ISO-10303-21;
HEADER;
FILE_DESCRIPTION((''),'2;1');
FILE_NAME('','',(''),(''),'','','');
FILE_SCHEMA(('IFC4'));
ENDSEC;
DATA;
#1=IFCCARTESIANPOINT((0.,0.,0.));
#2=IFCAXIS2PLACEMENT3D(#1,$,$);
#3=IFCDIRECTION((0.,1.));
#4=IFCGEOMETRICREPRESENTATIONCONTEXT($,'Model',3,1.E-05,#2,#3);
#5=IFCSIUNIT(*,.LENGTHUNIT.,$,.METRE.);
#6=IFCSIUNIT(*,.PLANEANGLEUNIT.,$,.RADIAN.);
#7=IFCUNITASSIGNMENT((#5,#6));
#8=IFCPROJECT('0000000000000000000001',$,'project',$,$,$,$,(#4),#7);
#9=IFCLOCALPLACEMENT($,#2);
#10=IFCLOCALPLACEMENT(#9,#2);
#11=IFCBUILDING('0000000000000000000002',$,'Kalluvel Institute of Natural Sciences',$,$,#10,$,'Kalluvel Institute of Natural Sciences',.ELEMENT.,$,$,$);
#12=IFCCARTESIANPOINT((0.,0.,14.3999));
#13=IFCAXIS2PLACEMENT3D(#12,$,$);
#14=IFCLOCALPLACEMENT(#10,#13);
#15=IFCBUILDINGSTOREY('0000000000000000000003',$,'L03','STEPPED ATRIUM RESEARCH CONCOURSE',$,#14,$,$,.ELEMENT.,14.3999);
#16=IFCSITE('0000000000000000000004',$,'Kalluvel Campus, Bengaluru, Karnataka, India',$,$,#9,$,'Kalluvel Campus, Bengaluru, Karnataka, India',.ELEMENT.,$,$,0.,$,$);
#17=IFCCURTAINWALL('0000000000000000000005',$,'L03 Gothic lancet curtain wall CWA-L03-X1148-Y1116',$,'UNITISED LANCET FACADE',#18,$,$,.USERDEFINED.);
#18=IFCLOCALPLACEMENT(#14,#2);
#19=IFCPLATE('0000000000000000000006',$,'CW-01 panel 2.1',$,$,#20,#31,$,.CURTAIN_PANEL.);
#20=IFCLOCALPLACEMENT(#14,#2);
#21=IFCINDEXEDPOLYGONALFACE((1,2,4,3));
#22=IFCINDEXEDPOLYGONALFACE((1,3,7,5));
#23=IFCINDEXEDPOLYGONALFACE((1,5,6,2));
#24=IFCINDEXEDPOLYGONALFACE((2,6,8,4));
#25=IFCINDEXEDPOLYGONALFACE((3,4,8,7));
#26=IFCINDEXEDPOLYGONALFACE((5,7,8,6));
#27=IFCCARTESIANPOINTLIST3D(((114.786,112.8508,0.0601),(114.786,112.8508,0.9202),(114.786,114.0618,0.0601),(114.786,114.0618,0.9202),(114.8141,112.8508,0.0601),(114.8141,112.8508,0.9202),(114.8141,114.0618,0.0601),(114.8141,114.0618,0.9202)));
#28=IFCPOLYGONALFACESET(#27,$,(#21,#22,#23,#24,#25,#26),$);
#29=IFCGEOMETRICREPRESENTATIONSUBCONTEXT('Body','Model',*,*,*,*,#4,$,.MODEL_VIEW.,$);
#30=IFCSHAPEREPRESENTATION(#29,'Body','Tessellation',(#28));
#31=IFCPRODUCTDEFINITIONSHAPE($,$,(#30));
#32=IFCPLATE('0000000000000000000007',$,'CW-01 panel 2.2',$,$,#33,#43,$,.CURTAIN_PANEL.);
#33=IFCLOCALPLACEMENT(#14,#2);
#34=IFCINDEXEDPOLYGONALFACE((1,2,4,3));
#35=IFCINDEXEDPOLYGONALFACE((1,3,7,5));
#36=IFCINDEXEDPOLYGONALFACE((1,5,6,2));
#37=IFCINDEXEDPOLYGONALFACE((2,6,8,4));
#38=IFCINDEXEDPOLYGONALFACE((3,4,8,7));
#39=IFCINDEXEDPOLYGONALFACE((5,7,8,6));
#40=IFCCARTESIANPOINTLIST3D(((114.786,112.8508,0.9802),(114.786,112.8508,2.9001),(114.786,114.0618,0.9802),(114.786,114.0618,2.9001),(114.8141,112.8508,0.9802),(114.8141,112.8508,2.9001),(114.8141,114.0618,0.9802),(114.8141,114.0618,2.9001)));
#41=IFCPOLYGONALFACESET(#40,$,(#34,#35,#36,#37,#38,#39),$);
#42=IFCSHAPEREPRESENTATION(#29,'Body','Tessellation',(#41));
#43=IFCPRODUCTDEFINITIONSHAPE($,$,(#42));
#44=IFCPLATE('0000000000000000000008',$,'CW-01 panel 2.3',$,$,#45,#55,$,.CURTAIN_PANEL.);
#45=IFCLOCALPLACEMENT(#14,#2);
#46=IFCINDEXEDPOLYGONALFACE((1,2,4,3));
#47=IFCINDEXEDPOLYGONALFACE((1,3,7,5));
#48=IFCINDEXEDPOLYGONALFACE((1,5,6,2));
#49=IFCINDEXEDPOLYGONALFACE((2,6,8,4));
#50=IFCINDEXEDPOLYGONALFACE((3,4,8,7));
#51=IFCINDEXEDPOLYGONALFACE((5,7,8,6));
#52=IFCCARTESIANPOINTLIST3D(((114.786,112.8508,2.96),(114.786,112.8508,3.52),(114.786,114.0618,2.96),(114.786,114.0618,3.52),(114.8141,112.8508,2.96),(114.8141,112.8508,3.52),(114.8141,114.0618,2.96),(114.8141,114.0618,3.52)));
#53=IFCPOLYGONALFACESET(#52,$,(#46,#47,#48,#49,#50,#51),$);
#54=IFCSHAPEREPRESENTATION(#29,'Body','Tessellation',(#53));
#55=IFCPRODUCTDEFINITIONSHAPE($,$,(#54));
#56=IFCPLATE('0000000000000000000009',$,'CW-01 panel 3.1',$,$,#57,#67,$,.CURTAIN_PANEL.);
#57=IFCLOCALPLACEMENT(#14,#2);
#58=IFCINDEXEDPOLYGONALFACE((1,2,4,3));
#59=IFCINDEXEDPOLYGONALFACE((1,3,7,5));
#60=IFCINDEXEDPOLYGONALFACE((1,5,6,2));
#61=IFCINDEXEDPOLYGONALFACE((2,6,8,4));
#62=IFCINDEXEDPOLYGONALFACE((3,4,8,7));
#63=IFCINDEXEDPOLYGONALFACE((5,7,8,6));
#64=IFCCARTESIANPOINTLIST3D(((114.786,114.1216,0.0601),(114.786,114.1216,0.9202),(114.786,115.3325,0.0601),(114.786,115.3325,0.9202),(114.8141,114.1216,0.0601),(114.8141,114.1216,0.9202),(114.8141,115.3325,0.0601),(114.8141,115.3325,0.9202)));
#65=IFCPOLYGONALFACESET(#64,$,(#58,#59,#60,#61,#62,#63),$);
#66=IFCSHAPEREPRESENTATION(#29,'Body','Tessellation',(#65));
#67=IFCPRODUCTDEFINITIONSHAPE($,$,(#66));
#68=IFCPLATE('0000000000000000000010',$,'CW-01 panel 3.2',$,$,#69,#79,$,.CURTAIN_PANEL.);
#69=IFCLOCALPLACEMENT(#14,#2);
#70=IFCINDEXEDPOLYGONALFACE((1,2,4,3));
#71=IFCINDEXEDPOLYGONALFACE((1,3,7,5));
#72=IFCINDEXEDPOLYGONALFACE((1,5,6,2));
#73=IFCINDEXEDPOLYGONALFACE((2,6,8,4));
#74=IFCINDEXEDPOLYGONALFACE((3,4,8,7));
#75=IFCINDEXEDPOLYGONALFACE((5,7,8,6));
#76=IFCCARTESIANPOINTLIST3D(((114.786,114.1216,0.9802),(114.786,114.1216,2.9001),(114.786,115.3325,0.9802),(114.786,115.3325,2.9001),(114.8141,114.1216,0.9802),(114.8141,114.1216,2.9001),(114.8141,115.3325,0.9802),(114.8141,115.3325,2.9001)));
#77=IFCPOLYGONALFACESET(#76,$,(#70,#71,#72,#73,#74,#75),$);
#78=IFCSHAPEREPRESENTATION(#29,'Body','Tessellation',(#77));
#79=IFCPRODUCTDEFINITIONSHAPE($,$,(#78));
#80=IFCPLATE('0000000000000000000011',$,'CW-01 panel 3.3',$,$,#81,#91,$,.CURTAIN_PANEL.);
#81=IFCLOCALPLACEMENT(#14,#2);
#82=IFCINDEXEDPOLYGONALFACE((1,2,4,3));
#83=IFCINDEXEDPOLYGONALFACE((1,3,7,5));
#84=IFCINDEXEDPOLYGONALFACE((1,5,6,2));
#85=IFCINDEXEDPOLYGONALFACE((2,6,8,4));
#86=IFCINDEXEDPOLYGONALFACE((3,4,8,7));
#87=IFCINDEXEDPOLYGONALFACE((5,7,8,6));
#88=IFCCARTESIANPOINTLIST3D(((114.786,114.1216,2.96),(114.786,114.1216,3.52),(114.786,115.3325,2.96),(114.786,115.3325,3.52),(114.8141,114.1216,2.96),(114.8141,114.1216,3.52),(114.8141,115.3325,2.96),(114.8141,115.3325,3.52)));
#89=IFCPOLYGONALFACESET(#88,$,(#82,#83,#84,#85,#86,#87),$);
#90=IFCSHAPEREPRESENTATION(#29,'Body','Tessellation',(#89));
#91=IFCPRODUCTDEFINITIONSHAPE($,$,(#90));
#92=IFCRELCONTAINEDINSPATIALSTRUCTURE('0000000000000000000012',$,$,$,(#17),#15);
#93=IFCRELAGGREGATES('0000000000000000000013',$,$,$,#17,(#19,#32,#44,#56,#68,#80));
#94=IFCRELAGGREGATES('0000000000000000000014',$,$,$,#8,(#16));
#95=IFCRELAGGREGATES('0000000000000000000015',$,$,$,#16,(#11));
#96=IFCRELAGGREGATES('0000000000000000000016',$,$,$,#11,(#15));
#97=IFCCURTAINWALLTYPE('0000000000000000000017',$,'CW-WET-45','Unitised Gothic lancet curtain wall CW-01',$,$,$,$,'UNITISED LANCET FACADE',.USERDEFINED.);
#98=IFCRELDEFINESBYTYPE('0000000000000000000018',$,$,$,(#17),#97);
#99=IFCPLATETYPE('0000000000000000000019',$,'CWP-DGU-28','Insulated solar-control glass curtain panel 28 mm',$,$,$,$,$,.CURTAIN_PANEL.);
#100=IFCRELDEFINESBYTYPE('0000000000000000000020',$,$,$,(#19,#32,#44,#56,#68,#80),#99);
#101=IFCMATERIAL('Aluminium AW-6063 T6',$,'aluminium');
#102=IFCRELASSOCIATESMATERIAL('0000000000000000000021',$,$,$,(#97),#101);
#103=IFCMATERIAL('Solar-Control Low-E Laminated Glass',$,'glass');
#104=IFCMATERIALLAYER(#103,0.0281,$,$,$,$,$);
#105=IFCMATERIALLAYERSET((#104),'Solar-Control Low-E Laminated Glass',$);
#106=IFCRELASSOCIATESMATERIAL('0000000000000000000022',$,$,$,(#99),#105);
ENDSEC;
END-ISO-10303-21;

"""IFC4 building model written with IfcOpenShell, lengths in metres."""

from ifc_helpers import new_model, si_unit, direction, frame, origin, origin_2d, place, context, subcontext, project, spatial, rectangle, extrude, material, layer, layer_set, type_object, element, aggregate, save


model = new_model("IFC4")

# Units and contexts
model_context = context("Model", 3, precision=1e-05, world=origin(), true_north=direction((0.0, 1.0)))
body_context = subcontext(model_context, "Body", "Model", "MODEL_VIEW")
ifc_project = project(units=[si_unit("LENGTHUNIT", "METRE"), si_unit("PLANEANGLEUNIT", "RADIAN")], contexts=[model_context])

# Site, building, storey
site_placement = place(None, origin())
site = spatial("IfcSite", under=ifc_project, at=site_placement, Name="Kalluvel Campus, Bengaluru, Karnataka, India", LongName="Kalluvel Campus, Bengaluru, Karnataka, India", CompositionType="ELEMENT", RefElevation=0.0)
building_placement = place(site_placement, origin())
building = spatial("IfcBuilding", under=site, at=building_placement, Name="Kalluvel Institute of Natural Sciences", LongName="Kalluvel Institute of Natural Sciences", CompositionType="ELEMENT")
storey_placement = place(building_placement, frame((0.0, 0.0, 14.3999)))
storey = spatial("IfcBuildingStorey", under=building, at=storey_placement, Name="L03", Description="STEPPED ATRIUM RESEARCH CONCOURSE", CompositionType="ELEMENT", Elevation=14.3999)

# Curtain wall
ifc_material_1 = material(Name="Aluminium AW-6063 T6", Category="aluminium")
curtain_wall_type = type_object("IfcCurtainWallType", Name="CW-WET-45", Description="Unitised Gothic lancet curtain wall CW-01", ElementType="UNITISED LANCET FACADE", PredefinedType="USERDEFINED", material=ifc_material_1)
curtain_wall_placement = place(storey_placement, origin())
curtain_wall = element("IfcCurtainWall", 1, at=curtain_wall_placement, inside=storey, type_object=curtain_wall_type, Name="L03 Gothic lancet curtain wall CWA-L03-X1148-Y1116", ObjectType="UNITISED LANCET FACADE", PredefinedType="USERDEFINED")

# Plates
ifc_material_2 = material(Name="Solar-Control Low-E Laminated Glass", Category="glass")
ifc_layer = layer(ifc_material_2, 0.0281)
ifc_layer_set = layer_set([ifc_layer], Name="Solar-Control Low-E Laminated Glass")
plate_type = type_object("IfcPlateType", Name="CWP-DGU-28", Description="Insulated solar-control glass curtain panel 28 mm", PredefinedType="CURTAIN_PANEL", material=ifc_layer_set)
plate_1_placement = place(storey_placement, frame((114.8, 113.4563, 0.0601), z_axis=(0.0, 0.0, 1.0), x_axis=(0.0, 1.0, 0.0)))
plate_1 = element("IfcPlate", 2, at=plate_1_placement, type_object=plate_type, Name="CW-01 panel 2.1", PredefinedType="CURTAIN_PANEL", context=body_context, shape_type="SweptSolid", body=[
    extrude(rectangle(XDim=1.2109, YDim=0.0281, at=origin_2d()), origin(), (0.0, 0.0, 1.0), 0.8601),
])
plate_2_placement = place(storey_placement, frame((114.8, 113.4563, 0.9802), z_axis=(0.0, 0.0, 1.0), x_axis=(0.0, 1.0, 0.0)))
plate_2 = element("IfcPlate", 3, at=plate_2_placement, type_object=plate_type, Name="CW-01 panel 2.2", PredefinedType="CURTAIN_PANEL", context=body_context, shape_type="SweptSolid", body=[
    extrude(rectangle(XDim=1.2109, YDim=0.0281, at=origin_2d()), origin(), (0.0, 0.0, 1.0), 1.9199),
])
plate_3_placement = place(storey_placement, frame((114.8, 113.4563, 2.96), z_axis=(0.0, 0.0, 1.0), x_axis=(0.0, 1.0, 0.0)))
plate_3 = element("IfcPlate", 4, at=plate_3_placement, type_object=plate_type, Name="CW-01 panel 2.3", PredefinedType="CURTAIN_PANEL", context=body_context, shape_type="SweptSolid", body=[
    extrude(rectangle(XDim=1.2109, YDim=0.0281, at=origin_2d()), origin(), (0.0, 0.0, 1.0), 0.5601),
])
plate_4_placement = place(storey_placement, frame((114.8, 114.7271, 0.0601), z_axis=(0.0, 0.0, 1.0), x_axis=(0.0, 1.0, 0.0)))
plate_4 = element("IfcPlate", 5, at=plate_4_placement, type_object=plate_type, Name="CW-01 panel 3.1", PredefinedType="CURTAIN_PANEL", context=body_context, shape_type="SweptSolid", body=[
    extrude(rectangle(XDim=1.2109, YDim=0.0281, at=origin_2d()), origin(), (0.0, 0.0, 1.0), 0.8601),
])
plate_5_placement = place(storey_placement, frame((114.8, 114.7271, 0.9802), z_axis=(0.0, 0.0, 1.0), x_axis=(0.0, 1.0, 0.0)))
plate_5 = element("IfcPlate", 6, at=plate_5_placement, type_object=plate_type, Name="CW-01 panel 3.2", PredefinedType="CURTAIN_PANEL", context=body_context, shape_type="SweptSolid", body=[
    extrude(rectangle(XDim=1.2109, YDim=0.0281, at=origin_2d()), origin(), (0.0, 0.0, 1.0), 1.9199),
])
plate_6_placement = place(storey_placement, frame((114.8, 114.7271, 2.96), z_axis=(0.0, 0.0, 1.0), x_axis=(0.0, 1.0, 0.0)))
plate_6 = element("IfcPlate", 7, at=plate_6_placement, type_object=plate_type, Name="CW-01 panel 3.3", PredefinedType="CURTAIN_PANEL", context=body_context, shape_type="SweptSolid", body=[
    extrude(rectangle(XDim=1.2109, YDim=0.0281, at=origin_2d()), origin(), (0.0, 0.0, 1.0), 0.5601),
])
aggregate(curtain_wall, [plate_1, plate_2, plate_3, plate_4, plate_5, plate_6])

save(model, "model.ifc")
